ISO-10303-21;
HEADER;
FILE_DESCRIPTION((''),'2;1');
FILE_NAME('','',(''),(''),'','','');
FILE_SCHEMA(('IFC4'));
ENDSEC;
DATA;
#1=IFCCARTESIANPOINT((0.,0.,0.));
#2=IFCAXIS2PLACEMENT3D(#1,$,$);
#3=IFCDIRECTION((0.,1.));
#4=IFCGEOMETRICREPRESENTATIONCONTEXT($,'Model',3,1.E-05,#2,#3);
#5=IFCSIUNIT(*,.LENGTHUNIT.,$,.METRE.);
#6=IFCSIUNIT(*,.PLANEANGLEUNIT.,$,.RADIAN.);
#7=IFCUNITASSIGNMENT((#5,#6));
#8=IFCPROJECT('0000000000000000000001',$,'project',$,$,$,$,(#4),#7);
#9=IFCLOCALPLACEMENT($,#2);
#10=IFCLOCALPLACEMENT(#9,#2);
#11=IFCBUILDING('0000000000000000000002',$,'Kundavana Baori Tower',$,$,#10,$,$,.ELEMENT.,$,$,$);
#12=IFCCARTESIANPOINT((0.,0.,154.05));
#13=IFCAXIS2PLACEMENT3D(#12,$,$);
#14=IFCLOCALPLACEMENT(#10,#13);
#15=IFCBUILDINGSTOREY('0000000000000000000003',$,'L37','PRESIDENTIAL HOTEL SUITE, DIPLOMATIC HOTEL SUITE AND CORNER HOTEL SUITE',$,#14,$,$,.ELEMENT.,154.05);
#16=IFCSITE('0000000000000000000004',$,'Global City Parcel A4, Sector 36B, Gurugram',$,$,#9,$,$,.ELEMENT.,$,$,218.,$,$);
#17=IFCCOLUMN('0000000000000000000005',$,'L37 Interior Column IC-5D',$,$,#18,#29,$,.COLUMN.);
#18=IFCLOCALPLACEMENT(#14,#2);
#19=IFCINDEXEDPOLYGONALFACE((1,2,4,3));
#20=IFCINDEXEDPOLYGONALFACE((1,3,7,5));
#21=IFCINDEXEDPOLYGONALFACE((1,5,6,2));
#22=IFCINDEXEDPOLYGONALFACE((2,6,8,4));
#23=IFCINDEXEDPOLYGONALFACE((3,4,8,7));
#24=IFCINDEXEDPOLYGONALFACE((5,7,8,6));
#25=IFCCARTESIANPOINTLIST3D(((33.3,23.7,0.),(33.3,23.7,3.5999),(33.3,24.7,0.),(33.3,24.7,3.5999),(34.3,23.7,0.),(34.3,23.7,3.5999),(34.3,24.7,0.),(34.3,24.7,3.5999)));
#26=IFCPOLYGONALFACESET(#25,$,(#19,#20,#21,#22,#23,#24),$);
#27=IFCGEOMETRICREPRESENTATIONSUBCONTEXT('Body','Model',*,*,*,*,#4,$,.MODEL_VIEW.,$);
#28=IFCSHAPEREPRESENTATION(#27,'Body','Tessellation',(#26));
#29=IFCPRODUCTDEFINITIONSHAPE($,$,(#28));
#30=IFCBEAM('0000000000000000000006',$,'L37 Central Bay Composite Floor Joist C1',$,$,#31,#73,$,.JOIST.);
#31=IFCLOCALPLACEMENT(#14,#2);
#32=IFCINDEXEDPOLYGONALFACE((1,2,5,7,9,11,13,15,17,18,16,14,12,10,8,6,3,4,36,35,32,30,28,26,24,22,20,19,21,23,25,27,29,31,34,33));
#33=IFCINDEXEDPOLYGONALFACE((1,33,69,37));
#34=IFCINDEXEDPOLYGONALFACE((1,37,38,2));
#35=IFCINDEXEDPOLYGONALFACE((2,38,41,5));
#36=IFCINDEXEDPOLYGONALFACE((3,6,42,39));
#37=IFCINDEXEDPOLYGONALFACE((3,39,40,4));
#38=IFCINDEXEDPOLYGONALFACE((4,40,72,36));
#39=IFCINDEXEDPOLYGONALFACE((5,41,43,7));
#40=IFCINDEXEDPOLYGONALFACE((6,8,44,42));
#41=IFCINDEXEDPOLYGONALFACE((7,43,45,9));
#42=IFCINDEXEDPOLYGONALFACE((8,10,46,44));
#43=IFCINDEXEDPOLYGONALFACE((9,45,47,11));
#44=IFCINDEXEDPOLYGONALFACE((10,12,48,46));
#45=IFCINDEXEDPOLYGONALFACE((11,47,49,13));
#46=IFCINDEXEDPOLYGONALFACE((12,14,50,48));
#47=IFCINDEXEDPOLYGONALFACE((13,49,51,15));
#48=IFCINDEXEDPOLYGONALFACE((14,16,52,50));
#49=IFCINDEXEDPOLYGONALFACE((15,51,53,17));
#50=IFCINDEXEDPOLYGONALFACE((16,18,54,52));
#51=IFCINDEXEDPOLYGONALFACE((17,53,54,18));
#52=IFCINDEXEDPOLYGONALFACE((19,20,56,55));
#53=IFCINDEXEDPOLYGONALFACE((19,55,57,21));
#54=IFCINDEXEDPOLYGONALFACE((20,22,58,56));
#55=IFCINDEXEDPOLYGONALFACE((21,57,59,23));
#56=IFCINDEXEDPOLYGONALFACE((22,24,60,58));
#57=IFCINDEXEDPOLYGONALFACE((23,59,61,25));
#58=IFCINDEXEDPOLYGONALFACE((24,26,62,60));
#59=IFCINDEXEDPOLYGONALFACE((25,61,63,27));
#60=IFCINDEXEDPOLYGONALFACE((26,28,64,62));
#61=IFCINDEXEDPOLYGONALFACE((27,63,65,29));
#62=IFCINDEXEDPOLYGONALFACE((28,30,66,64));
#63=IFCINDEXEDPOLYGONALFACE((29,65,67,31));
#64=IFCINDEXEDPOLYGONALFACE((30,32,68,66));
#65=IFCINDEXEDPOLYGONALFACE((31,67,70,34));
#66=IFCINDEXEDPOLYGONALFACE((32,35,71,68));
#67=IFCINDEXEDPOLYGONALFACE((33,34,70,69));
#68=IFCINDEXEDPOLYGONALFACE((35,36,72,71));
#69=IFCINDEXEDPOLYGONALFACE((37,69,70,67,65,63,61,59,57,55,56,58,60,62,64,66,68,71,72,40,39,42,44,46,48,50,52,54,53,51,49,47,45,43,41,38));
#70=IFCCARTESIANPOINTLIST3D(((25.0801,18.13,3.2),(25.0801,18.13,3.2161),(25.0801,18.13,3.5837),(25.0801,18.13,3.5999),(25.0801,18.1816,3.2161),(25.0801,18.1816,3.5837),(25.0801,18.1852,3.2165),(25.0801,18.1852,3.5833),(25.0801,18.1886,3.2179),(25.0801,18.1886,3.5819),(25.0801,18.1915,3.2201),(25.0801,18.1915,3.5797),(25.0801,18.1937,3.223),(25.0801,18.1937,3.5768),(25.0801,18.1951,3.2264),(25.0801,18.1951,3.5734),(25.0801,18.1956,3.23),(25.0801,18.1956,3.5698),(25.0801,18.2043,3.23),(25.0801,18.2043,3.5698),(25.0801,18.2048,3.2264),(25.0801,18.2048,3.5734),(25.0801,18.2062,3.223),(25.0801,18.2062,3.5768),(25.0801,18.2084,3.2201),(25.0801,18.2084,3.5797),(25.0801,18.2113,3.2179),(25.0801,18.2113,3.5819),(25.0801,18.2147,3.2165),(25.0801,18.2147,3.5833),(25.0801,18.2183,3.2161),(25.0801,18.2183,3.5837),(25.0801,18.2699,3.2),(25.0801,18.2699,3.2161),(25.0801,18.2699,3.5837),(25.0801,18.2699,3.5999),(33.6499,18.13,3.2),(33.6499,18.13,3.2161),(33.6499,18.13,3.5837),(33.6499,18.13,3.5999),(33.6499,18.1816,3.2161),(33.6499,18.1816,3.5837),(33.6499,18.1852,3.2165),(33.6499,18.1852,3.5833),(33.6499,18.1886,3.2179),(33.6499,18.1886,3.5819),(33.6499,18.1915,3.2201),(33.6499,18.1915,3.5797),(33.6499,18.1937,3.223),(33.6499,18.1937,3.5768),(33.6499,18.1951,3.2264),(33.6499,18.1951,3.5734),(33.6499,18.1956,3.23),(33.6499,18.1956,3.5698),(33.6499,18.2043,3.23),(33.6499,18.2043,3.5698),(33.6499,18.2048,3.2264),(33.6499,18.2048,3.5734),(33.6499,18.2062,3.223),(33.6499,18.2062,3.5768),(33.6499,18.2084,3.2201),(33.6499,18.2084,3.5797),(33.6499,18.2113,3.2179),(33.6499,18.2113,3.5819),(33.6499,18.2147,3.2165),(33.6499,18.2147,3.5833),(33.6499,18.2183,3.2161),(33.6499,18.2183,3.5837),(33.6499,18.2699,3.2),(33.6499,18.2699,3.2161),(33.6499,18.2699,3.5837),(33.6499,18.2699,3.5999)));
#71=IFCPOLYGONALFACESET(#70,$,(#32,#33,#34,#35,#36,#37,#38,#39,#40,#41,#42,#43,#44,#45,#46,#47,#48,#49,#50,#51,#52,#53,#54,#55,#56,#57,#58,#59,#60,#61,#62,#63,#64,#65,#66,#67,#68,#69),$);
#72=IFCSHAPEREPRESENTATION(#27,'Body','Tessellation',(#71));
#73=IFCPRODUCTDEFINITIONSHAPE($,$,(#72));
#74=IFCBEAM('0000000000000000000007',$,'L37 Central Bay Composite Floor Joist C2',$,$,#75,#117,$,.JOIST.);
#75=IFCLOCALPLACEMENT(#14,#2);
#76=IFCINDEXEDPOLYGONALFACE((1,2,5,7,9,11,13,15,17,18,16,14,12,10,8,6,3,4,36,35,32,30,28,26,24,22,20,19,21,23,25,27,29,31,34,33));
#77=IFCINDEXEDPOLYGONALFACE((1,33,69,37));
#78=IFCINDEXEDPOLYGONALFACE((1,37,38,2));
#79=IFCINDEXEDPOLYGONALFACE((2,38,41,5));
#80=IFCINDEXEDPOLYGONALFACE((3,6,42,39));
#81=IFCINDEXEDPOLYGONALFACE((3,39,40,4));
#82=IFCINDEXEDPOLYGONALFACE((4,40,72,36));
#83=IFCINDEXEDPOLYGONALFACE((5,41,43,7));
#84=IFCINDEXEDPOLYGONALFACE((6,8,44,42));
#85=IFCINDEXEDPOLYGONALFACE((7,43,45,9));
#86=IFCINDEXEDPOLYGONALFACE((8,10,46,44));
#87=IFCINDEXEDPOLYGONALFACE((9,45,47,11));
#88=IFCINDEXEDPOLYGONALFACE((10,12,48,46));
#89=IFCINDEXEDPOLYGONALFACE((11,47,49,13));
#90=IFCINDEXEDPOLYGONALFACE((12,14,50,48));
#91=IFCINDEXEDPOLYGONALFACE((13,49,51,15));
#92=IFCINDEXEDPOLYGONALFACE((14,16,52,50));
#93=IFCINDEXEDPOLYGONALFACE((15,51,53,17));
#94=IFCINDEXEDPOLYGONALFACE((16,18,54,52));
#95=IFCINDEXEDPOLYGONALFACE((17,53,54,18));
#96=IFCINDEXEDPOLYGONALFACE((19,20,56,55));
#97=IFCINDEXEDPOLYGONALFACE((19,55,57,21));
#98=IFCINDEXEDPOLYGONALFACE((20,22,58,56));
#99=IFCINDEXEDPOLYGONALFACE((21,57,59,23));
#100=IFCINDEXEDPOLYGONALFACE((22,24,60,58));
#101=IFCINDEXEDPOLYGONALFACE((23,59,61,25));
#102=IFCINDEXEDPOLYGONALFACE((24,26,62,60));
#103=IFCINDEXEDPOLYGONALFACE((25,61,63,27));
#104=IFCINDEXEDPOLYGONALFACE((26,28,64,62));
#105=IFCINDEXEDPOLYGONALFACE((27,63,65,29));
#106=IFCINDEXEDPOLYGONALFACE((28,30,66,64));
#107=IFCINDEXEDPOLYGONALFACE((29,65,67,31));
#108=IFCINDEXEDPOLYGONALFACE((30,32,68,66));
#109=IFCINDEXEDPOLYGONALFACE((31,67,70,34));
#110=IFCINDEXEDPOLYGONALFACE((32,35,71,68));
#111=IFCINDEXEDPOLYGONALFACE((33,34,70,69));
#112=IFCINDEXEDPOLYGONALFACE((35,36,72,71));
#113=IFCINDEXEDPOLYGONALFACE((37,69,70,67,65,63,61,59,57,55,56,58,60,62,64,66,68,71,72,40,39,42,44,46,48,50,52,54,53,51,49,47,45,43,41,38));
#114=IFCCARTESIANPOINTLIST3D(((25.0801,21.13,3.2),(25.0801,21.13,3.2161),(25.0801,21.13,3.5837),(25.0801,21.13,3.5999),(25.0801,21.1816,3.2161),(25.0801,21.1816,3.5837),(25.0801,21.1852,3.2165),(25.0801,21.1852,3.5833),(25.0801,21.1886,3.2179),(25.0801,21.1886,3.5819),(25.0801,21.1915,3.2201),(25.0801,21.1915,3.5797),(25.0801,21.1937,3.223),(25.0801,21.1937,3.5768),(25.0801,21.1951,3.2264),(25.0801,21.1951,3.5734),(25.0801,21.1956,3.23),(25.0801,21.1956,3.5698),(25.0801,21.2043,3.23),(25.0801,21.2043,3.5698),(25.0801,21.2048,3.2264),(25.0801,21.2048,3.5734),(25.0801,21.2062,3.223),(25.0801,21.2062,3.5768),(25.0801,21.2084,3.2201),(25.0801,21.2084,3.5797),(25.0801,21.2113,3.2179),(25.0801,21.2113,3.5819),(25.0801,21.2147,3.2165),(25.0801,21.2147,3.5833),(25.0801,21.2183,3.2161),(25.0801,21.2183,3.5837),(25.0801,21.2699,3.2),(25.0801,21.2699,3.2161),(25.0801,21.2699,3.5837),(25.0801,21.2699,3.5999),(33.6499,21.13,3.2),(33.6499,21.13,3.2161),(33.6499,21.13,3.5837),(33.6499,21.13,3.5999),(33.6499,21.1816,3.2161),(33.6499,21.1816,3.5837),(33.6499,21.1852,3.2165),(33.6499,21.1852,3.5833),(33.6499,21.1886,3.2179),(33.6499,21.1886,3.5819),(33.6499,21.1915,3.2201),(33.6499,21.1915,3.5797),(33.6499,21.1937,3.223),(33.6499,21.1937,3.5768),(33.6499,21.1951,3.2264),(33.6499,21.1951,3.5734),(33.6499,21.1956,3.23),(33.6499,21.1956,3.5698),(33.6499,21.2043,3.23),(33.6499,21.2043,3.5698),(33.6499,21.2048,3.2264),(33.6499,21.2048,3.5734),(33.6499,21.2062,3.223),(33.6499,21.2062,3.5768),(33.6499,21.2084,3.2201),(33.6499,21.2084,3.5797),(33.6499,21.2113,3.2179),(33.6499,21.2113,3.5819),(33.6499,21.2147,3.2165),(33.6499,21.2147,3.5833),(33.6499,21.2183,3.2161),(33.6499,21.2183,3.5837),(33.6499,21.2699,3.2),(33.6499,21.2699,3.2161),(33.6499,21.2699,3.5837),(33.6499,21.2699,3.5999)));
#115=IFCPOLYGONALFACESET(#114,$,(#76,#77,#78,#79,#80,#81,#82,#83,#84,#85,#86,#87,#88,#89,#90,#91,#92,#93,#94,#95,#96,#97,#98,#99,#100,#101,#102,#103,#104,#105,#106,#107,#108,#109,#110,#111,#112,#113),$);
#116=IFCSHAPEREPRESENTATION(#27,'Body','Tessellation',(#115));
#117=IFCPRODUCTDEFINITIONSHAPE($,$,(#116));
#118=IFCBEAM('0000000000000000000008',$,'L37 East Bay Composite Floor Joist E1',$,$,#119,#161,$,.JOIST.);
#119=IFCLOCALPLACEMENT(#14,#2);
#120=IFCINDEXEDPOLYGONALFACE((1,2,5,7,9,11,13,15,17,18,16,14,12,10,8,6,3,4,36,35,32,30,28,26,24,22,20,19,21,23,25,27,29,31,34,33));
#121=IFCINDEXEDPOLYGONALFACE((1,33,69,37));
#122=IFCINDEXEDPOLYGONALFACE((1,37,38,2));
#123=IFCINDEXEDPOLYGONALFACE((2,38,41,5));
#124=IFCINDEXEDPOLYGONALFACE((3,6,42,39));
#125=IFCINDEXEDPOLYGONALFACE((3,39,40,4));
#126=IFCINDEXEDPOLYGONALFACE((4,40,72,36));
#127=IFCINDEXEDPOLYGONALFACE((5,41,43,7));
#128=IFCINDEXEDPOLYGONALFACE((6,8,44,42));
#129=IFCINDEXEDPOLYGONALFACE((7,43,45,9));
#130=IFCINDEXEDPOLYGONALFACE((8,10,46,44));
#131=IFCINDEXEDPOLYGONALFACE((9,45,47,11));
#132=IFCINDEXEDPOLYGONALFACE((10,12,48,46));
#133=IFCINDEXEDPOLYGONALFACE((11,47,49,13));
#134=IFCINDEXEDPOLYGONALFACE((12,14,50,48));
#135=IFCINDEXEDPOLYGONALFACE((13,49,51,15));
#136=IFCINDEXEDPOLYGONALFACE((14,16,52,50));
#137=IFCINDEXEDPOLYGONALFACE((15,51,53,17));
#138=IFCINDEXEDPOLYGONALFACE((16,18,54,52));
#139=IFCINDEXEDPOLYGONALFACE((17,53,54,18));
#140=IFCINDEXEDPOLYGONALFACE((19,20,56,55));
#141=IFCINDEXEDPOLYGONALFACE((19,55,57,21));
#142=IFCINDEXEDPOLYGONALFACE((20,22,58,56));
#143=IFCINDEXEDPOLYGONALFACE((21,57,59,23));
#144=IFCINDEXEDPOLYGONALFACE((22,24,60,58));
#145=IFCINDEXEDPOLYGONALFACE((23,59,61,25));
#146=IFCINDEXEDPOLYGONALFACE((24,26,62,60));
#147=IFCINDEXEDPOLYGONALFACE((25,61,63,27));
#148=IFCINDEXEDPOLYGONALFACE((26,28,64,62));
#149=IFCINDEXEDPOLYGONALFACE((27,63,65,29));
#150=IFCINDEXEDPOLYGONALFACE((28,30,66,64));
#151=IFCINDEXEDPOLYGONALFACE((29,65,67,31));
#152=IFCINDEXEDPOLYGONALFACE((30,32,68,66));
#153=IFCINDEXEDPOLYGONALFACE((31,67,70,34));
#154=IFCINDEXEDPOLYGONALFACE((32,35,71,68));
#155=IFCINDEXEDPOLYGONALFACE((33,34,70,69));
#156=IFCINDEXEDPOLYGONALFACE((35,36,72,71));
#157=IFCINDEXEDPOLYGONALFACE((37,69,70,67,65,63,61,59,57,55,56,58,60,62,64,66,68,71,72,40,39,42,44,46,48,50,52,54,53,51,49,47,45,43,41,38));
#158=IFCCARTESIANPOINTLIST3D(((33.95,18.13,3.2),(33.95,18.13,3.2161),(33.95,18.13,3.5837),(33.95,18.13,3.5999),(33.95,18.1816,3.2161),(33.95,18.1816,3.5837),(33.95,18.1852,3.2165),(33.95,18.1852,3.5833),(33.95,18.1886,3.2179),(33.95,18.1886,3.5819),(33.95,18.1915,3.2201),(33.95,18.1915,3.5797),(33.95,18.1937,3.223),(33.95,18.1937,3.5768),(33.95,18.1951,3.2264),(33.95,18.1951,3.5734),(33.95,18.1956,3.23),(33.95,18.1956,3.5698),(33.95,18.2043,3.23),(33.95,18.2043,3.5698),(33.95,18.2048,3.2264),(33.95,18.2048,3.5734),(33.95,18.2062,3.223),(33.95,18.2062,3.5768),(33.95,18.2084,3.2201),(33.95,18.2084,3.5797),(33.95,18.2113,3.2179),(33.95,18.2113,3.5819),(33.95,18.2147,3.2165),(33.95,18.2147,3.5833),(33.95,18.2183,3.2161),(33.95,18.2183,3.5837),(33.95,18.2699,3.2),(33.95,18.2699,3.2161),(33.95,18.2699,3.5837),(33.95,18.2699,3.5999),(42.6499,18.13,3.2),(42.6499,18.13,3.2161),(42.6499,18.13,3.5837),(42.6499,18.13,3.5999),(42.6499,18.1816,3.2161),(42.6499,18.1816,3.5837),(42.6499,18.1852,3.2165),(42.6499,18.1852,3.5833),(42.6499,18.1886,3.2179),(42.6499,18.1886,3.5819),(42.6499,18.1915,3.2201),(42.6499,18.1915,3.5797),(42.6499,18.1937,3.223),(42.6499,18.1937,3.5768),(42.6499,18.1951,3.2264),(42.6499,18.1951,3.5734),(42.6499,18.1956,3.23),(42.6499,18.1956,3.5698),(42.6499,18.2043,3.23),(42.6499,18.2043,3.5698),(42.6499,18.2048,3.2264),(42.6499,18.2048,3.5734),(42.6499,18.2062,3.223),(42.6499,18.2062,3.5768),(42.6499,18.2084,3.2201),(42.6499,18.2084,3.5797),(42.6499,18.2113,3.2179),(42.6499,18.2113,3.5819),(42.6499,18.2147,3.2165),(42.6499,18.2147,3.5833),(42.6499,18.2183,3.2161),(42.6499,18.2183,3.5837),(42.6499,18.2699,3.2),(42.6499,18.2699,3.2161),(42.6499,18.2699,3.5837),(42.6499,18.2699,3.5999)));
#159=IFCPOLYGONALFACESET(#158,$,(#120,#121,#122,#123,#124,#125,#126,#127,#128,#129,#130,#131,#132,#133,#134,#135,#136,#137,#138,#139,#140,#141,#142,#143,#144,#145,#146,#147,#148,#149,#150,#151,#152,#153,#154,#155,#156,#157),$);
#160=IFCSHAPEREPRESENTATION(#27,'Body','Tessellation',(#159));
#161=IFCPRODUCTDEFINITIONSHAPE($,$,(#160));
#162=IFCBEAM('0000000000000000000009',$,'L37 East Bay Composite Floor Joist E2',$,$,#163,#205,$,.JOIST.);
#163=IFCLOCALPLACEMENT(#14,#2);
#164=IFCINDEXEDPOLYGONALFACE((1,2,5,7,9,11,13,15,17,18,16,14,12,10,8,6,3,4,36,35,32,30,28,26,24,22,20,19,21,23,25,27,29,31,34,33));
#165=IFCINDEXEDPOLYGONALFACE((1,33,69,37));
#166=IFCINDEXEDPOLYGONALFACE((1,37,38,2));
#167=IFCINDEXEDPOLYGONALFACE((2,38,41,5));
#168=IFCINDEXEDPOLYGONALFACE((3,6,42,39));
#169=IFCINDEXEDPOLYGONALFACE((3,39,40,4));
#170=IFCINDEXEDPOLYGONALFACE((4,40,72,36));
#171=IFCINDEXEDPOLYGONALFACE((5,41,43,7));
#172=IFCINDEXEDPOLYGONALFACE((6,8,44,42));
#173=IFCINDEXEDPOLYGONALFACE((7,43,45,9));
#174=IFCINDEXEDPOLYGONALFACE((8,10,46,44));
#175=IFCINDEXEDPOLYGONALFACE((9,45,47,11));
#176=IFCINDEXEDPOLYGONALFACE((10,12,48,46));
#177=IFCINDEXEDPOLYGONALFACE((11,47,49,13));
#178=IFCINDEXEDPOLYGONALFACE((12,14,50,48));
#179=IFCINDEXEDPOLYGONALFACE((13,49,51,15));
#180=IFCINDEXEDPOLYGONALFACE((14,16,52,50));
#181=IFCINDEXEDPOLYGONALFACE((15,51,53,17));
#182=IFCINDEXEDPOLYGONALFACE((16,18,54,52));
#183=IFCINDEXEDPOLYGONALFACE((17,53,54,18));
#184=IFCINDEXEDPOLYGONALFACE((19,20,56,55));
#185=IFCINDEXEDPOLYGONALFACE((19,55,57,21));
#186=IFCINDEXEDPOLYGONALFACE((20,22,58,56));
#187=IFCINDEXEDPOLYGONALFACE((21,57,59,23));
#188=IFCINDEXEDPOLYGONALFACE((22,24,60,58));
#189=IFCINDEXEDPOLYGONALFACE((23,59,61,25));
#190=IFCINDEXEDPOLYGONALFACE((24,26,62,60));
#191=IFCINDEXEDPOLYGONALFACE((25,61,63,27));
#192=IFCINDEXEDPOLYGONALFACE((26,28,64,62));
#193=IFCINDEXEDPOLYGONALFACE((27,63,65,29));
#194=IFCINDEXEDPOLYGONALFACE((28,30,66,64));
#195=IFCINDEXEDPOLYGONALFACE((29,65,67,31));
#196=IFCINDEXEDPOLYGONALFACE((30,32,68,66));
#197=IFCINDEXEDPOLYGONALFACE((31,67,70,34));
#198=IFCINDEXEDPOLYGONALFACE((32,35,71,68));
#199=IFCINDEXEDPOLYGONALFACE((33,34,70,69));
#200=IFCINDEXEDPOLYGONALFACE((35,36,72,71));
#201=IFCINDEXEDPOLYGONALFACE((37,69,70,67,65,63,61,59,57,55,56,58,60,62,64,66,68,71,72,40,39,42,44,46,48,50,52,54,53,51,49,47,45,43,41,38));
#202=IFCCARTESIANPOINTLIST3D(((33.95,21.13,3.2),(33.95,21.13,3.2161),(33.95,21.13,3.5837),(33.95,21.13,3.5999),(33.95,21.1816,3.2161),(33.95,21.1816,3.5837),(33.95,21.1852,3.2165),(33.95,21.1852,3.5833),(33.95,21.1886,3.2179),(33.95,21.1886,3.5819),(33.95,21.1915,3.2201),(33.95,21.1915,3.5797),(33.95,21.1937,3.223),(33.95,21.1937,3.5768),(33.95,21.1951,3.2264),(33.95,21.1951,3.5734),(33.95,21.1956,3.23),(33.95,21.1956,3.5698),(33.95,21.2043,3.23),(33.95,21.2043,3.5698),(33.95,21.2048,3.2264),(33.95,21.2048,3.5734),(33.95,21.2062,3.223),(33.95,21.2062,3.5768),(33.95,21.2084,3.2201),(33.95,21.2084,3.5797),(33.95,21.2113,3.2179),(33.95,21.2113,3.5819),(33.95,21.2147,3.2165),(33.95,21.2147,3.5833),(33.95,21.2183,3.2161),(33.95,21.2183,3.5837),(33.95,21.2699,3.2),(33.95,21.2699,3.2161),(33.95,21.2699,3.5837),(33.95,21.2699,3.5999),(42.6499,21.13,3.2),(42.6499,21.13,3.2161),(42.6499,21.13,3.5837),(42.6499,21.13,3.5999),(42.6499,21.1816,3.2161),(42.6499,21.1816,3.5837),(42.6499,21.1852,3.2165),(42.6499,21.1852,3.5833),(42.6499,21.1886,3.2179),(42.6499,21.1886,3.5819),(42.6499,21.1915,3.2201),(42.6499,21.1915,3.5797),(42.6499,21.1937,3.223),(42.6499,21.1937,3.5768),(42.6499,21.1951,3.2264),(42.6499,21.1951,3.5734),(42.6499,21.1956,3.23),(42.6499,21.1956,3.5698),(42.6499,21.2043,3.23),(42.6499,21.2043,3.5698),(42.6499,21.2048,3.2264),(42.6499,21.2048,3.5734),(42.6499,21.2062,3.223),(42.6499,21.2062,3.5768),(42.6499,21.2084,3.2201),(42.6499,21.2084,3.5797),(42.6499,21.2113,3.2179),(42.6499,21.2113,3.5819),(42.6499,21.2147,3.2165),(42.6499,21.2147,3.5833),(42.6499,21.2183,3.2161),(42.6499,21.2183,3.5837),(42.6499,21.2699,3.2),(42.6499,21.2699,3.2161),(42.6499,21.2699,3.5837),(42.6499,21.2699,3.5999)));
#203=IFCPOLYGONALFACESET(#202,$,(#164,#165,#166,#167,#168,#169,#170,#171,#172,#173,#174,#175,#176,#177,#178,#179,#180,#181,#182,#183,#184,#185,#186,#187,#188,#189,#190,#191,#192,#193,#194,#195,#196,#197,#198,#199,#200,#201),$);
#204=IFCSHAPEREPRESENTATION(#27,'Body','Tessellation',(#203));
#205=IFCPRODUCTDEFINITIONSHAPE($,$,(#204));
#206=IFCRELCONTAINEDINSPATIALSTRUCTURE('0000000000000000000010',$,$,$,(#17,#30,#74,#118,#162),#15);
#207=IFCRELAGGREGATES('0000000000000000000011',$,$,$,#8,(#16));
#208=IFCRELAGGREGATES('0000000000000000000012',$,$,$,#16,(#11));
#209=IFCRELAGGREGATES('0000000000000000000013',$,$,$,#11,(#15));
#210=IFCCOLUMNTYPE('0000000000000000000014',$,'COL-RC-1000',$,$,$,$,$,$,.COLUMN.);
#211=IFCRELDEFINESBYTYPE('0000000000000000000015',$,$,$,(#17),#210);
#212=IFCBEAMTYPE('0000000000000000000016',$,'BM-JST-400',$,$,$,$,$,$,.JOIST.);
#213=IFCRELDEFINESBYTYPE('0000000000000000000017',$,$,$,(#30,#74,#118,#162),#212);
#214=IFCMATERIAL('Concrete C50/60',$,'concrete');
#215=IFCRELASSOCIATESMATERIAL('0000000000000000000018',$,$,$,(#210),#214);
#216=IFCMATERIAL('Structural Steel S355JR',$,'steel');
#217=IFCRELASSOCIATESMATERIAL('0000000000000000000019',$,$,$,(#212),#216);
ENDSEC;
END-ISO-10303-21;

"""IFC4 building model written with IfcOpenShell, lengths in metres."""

from ifc_helpers import new_model, si_unit, direction, frame, origin, origin_2d, place, context, subcontext, project, spatial, rectangle, i_section, extrude, material, material_profile, profile_set, type_object, element, save


model = new_model("IFC4")

# Units and contexts
model_context = context("Model", 3, precision=1e-05, world=origin(), true_north=direction((0.0, 1.0)))
body_context = subcontext(model_context, "Body", "Model", "MODEL_VIEW")
ifc_project = project(units=[si_unit("LENGTHUNIT", "METRE"), si_unit("PLANEANGLEUNIT", "RADIAN")], contexts=[model_context])

# Site, building, storey
site_placement = place(None, origin())
site = spatial("IfcSite", under=ifc_project, at=site_placement, Name="Global City Parcel A4, Sector 36B, Gurugram", CompositionType="ELEMENT", RefElevation=218.0)
building_placement = place(site_placement, origin())
building = spatial("IfcBuilding", under=site, at=building_placement, Name="Kundavana Baori Tower", CompositionType="ELEMENT")
storey_placement = place(building_placement, frame((0.0, 0.0, 154.05)))
storey = spatial("IfcBuildingStorey", under=building, at=storey_placement, Name="L37", Description="PRESIDENTIAL HOTEL SUITE, DIPLOMATIC HOTEL SUITE AND CORNER HOTEL SUITE", CompositionType="ELEMENT", Elevation=154.05)

# Column
ifc_material_1 = material(Name="Concrete C50/60", Category="concrete")
ifc_material_profile_1 = material_profile(ifc_material_1, rectangle(XDim=1.0, YDim=1.0, at=origin_2d()), Name="RC 1000x1000")
ifc_profile_set_1 = profile_set([ifc_material_profile_1], Name="Concrete C50/60")
column_type = type_object("IfcColumnType", Name="COL-RC-1000", PredefinedType="COLUMN", material=ifc_profile_set_1)
column_placement = place(storey_placement, frame((33.8, 24.2, 0.0), z_axis=(0.0, 0.0, 1.0), x_axis=(1.0, 0.0, 0.0)))
element("IfcColumn", 1, at=column_placement, inside=storey, type_object=column_type, Name="L37 Interior Column IC-5D", PredefinedType="COLUMN", context=body_context, shape_type="SweptSolid", body=[
    extrude(rectangle(XDim=1.0, YDim=1.0, at=origin_2d()), origin(), (0.0, 0.0, 1.0), 3.5999),
])

# Beams
ifc_material_2 = material(Name="Structural Steel S355JR", Category="steel")
ifc_material_profile_2 = material_profile(ifc_material_2, i_section(OverallWidth=0.1399, OverallDepth=0.3999, WebThickness=0.0088, FlangeThickness=0.0161, FilletRadius=0.0139, at=origin_2d()), Name="ISMB 400")
ifc_profile_set_2 = profile_set([ifc_material_profile_2], Name="Structural Steel S355JR")
beam_type_1 = type_object("IfcBeamType", Name="BM-JST-400", PredefinedType="JOIST", material=ifc_profile_set_2)
for number, where, z_axis, x_axis, name in (
    (2, (25.0801, 18.2, 3.3999), (1.0, 0.0, 0.0), (0.0, 1.0, 0.0), "L37 Central Bay Composite Floor Joist C1"),
    (3, (25.0801, 21.2, 3.3999), (1.0, 0.0, 0.0), (0.0, 1.0, 0.0), "L37 Central Bay Composite Floor Joist C2"),
):
    element("IfcBeam", number, at=place(storey_placement, frame(where, z_axis=z_axis, x_axis=x_axis)), inside=storey, type_object=beam_type_1, Name=name, PredefinedType="JOIST", context=body_context, shape_type="SweptSolid", body=[
        extrude(i_section(OverallWidth=0.1399, OverallDepth=0.3999, WebThickness=0.0088, FlangeThickness=0.0161, FilletRadius=0.0139, at=origin_2d()), origin(), (0.0, 0.0, 1.0), 8.5698),
    ])
for number, where, z_axis, x_axis, name in (
    (4, (33.95, 18.2, 3.3999), (1.0, 0.0, 0.0), (0.0, 1.0, 0.0), "L37 East Bay Composite Floor Joist E1"),
    (5, (33.95, 21.2, 3.3999), (1.0, 0.0, 0.0), (0.0, 1.0, 0.0), "L37 East Bay Composite Floor Joist E2"),
):
    element("IfcBeam", number, at=place(storey_placement, frame(where, z_axis=z_axis, x_axis=x_axis)), inside=storey, type_object=beam_type_1, Name=name, PredefinedType="JOIST", context=body_context, shape_type="SweptSolid", body=[
        extrude(i_section(OverallWidth=0.1399, OverallDepth=0.3999, WebThickness=0.0088, FlangeThickness=0.0161, FilletRadius=0.0139, at=origin_2d()), origin(), (0.0, 0.0, 1.0), 8.7),
    ])

save(model, "model.ifc")
